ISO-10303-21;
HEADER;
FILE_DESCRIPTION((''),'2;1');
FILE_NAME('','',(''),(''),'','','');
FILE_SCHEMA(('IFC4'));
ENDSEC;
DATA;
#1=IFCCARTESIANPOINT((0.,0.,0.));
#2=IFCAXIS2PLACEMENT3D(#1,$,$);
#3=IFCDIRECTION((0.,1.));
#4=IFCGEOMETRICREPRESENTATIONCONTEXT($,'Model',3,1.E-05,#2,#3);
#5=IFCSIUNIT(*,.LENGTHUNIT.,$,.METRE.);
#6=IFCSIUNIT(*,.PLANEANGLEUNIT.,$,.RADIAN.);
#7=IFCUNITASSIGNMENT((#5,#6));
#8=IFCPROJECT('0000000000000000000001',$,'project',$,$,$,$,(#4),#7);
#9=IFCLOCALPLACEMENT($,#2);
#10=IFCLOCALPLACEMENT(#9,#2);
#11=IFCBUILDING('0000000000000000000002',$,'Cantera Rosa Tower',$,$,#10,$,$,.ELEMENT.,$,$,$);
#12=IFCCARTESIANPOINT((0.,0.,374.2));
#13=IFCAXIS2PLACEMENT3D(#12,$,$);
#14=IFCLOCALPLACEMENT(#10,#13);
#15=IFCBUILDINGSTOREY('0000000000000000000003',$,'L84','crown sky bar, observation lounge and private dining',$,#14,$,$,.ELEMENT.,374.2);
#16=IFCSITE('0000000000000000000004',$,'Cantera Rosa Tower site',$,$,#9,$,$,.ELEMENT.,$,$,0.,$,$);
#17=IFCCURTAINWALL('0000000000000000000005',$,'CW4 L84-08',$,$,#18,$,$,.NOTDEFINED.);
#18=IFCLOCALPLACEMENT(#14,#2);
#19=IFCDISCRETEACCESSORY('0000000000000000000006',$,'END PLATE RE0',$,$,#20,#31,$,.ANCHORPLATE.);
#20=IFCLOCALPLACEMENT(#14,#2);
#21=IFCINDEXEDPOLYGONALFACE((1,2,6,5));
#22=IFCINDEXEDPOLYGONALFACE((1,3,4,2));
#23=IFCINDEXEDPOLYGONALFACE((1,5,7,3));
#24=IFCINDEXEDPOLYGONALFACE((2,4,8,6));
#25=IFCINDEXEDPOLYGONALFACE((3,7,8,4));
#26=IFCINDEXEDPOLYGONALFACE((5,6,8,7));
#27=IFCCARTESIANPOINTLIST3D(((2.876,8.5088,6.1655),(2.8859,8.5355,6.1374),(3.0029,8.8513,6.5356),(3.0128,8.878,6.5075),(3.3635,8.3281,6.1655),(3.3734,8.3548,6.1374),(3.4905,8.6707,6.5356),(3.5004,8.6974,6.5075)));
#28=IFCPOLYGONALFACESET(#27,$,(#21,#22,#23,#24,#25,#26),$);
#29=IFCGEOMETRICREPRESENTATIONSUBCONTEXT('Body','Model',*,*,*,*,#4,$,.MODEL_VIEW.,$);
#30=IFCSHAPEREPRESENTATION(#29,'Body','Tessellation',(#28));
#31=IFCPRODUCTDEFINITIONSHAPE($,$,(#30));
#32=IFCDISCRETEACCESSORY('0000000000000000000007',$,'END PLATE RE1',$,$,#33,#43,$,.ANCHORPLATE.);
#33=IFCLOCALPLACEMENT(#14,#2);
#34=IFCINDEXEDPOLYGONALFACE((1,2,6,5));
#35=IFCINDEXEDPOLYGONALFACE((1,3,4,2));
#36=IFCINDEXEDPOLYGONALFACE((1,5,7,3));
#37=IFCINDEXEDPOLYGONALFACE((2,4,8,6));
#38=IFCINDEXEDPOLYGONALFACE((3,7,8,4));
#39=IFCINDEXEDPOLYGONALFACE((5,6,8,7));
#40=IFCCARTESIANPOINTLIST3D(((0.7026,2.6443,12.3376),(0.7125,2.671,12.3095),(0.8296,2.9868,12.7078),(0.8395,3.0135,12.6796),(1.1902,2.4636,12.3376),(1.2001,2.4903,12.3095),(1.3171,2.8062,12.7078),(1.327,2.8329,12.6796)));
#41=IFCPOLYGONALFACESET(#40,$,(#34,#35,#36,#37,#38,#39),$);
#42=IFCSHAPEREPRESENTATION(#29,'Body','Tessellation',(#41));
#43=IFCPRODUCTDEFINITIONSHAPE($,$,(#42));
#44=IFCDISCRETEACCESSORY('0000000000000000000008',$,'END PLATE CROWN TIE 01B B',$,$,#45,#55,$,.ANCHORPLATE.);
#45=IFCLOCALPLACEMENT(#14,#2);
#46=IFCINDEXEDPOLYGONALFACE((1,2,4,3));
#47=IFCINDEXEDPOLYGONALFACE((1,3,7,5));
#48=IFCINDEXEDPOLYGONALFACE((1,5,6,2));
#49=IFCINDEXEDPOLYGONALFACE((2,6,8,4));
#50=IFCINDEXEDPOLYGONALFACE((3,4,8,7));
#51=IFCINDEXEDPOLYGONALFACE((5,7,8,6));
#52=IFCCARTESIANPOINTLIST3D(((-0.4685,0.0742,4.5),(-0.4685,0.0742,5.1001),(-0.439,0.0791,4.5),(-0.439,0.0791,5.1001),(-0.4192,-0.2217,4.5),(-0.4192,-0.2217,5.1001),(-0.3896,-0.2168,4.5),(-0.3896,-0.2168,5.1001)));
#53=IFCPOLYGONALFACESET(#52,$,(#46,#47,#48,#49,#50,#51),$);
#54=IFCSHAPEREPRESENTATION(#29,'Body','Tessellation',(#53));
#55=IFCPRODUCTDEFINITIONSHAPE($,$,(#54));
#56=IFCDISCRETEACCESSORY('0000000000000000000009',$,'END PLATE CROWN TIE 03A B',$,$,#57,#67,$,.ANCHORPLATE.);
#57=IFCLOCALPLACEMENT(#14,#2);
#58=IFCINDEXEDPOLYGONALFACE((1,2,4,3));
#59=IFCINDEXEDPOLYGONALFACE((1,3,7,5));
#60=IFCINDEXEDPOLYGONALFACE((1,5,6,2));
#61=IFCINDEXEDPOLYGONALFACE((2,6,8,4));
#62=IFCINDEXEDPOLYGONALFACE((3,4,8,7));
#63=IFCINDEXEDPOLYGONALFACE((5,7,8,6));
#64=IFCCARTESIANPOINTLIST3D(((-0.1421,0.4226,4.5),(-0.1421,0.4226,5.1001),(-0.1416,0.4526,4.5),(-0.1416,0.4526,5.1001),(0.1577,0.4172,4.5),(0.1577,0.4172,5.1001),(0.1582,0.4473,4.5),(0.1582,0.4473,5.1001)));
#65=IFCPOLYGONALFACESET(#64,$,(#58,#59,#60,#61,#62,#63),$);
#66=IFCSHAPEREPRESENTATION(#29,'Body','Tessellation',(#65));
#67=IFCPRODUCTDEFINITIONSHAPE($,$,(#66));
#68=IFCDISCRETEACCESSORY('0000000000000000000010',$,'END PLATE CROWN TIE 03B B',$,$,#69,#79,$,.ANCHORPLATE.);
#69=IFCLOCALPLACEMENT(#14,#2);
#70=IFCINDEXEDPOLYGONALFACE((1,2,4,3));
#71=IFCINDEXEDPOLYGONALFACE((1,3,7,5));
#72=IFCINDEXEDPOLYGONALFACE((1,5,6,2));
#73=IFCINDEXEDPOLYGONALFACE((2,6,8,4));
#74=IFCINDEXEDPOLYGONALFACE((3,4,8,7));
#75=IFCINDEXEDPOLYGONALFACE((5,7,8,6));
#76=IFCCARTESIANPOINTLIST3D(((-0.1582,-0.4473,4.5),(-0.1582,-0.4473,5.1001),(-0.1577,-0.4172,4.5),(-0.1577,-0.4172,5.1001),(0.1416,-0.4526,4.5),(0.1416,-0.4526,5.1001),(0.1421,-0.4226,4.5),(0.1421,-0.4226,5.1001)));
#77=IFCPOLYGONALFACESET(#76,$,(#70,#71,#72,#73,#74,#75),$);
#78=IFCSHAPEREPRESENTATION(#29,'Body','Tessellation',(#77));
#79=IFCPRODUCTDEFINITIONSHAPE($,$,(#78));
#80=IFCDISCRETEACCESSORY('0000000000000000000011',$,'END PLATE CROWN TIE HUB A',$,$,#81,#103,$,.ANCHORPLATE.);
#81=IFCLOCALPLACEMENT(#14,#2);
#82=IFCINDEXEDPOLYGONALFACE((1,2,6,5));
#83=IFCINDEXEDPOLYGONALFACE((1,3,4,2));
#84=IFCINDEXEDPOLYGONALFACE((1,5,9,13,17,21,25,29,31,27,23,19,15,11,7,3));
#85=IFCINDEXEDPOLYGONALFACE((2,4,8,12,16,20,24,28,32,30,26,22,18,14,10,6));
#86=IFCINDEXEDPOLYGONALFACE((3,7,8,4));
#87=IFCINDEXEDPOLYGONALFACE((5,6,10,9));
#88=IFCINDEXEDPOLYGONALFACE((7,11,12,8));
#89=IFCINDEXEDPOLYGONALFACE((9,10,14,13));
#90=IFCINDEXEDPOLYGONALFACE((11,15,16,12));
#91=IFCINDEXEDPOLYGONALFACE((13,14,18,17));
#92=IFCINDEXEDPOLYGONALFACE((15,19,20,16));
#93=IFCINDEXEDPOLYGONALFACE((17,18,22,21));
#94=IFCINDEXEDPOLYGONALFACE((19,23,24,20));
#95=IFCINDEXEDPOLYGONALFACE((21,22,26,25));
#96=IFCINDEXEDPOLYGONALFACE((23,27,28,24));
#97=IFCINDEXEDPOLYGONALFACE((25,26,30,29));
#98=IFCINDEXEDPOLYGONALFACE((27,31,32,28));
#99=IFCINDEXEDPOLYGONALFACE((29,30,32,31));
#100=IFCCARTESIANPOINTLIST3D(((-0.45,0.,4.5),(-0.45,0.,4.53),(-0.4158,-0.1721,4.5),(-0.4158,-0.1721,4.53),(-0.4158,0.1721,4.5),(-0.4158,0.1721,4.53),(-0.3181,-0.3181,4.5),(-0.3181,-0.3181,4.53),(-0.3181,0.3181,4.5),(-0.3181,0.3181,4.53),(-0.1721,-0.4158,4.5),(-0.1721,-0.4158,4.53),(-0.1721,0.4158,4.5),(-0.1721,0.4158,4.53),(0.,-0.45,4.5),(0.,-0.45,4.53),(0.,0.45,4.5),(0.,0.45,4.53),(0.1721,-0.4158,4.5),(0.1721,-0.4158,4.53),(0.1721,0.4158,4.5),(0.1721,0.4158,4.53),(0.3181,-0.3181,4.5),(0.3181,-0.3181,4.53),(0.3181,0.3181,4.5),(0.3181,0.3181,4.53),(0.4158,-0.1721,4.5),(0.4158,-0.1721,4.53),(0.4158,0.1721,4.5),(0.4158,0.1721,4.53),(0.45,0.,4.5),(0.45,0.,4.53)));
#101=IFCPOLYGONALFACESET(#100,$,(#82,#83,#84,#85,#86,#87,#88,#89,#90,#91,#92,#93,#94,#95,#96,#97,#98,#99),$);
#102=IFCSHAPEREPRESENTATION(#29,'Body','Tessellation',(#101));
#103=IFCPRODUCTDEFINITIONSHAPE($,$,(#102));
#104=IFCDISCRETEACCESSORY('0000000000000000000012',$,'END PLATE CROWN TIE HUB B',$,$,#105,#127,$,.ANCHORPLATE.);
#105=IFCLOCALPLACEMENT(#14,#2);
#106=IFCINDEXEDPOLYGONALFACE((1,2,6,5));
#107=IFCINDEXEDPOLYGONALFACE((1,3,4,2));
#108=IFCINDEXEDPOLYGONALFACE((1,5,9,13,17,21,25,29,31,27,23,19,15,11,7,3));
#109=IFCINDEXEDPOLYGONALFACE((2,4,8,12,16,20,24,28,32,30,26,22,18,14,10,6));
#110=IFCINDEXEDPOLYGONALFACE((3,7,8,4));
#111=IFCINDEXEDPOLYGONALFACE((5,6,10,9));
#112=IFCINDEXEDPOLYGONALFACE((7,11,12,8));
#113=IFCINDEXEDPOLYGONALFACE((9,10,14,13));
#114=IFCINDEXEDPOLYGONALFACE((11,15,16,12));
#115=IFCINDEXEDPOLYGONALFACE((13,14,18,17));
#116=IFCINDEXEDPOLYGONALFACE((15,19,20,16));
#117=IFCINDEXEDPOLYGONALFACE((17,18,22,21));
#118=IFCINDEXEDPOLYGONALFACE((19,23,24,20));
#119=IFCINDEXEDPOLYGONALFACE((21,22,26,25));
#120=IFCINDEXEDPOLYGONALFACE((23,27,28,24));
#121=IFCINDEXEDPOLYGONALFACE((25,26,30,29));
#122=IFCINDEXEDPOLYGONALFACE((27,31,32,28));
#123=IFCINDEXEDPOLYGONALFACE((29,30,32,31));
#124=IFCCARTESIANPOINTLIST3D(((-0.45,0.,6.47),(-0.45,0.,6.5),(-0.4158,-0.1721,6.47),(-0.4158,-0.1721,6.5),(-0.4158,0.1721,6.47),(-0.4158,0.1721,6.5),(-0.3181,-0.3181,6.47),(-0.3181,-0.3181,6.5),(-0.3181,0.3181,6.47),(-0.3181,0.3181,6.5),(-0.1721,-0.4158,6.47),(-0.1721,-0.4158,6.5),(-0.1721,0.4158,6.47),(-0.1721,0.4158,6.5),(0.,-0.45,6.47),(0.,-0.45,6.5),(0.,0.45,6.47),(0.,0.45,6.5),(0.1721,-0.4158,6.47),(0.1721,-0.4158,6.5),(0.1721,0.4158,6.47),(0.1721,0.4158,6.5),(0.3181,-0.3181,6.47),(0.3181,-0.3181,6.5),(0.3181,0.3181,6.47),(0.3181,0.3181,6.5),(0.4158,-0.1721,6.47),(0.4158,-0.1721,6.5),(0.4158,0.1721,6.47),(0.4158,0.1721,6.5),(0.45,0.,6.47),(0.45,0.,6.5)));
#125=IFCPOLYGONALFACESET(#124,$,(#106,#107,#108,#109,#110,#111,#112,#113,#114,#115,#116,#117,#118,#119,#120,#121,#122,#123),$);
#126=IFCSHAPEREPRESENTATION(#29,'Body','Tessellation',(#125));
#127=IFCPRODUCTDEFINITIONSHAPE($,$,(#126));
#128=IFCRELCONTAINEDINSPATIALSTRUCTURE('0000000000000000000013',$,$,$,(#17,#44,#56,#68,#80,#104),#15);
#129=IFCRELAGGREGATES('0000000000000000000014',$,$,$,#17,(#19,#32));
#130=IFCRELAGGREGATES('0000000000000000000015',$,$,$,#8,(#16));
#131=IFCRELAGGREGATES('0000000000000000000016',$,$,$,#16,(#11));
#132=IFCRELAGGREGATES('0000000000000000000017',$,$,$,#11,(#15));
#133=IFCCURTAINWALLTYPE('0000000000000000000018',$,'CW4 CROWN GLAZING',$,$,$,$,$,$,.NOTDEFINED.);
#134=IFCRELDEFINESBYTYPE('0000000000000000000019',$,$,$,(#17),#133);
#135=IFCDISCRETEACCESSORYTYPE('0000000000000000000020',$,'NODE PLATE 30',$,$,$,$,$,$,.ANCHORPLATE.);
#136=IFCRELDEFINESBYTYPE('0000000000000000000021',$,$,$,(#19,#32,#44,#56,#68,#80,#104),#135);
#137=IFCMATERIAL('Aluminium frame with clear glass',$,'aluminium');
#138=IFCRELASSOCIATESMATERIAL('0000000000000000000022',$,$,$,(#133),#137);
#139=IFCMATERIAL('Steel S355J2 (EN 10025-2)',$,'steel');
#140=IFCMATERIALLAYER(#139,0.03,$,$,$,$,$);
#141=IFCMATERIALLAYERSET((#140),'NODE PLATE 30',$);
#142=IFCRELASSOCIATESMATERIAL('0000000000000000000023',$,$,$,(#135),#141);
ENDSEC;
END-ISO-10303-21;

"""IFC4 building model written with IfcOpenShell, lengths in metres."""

from ifc_helpers import new_model, si_unit, direction, frame, origin, place, context, subcontext, project, spatial, polyline, outline, extrude, material, layer, layer_set, type_object, element, aggregate, save


model = new_model("IFC4")

# Units and contexts
model_context = context("Model", 3, precision=1e-05, world=origin(), true_north=direction((0.0, 1.0)))
body_context = subcontext(model_context, "Body", "Model", "MODEL_VIEW")
ifc_project = project(units=[si_unit("LENGTHUNIT", "METRE"), si_unit("PLANEANGLEUNIT", "RADIAN")], contexts=[model_context])

# Site, building, storey
site_placement = place(None, origin())
site = spatial("IfcSite", under=ifc_project, at=site_placement, Name="Cantera Rosa Tower site", CompositionType="ELEMENT", RefElevation=0.0)
building_placement = place(site_placement, origin())
building = spatial("IfcBuilding", under=site, at=building_placement, Name="Cantera Rosa Tower", CompositionType="ELEMENT")
storey_placement = place(building_placement, frame((0.0, 0.0, 374.2)))
storey = spatial("IfcBuildingStorey", under=building, at=storey_placement, Name="L84", Description="crown sky bar, observation lounge and private dining", CompositionType="ELEMENT", Elevation=374.2)

# Curtain wall
ifc_material_1 = material(Name="Aluminium frame with clear glass", Category="aluminium")
curtain_wall_type = type_object("IfcCurtainWallType", Name="CW4 CROWN GLAZING", PredefinedType="NOTDEFINED", material=ifc_material_1)
curtain_wall_1_placement = place(storey_placement, origin())
curtain_wall_1 = element("IfcCurtainWall", 1, at=curtain_wall_1_placement, inside=storey, type_object=curtain_wall_type, Name="CW4 L84-08", PredefinedType="NOTDEFINED")

# Discrete accessories
ifc_material_2 = material(Name="Steel S355J2 (EN 10025-2)", Category="steel")
ifc_layer_1 = layer(ifc_material_2, 0.03)
ifc_layer_set_1 = layer_set([ifc_layer_1], Name="NODE PLATE 30")
discrete_accessory_type = type_object("IfcDiscreteAccessoryType", Name="NODE PLATE 30", PredefinedType="ANCHORPLATE", material=ifc_layer_set_1)
discrete_accessory_1_placement = place(storey_placement, frame((3.0029, 8.8513, 6.5356), z_axis=(-0.247301, -0.667378, 0.702459), x_axis=(0.937692, -0.347467, 0.0)))
discrete_accessory_1 = element("IfcDiscreteAccessory", 2, at=discrete_accessory_1_placement, type_object=discrete_accessory_type, Name="END PLATE RE0", PredefinedType="ANCHORPLATE", context=body_context, shape_type="SweptSolid", body=[
    extrude(outline(polyline([(0.0, 0.0), (0.5199, 0.0), (0.5199, -0.52), (0.0, -0.52), (0.0, 0.0)])), origin(), (0.0, 0.0, -1.0), 0.04),
])
discrete_accessory_2_placement = place(storey_placement, frame((1.3171, 2.8062, 12.7078), z_axis=(-0.247301, -0.667378, 0.702459), x_axis=(-0.937692, 0.347467, 0.0)))
discrete_accessory_2 = element("IfcDiscreteAccessory", 3, at=discrete_accessory_2_placement, type_object=discrete_accessory_type, Name="END PLATE RE1", PredefinedType="ANCHORPLATE", context=body_context, shape_type="SweptSolid", body=[
    extrude(outline(polyline([(0.0, 0.0), (0.5199, 0.0), (0.52, 0.52), (0.0, 0.52), (0.0, 0.0)])), origin(), (0.0, 0.0, -1.0), 0.04),
])
aggregate(curtain_wall_1, [discrete_accessory_1, discrete_accessory_2])

# Discrete accessories
discrete_accessory_3_placement = place(storey_placement, frame((0.0, 0.0, 4.5)))
element("IfcDiscreteAccessory", 4, at=discrete_accessory_3_placement, inside=storey, type_object=discrete_accessory_type, Name="END PLATE CROWN TIE 01B B", PredefinedType="ANCHORPLATE", context=body_context, shape_type="SweptSolid", body=[
    extrude(outline(polyline([(-0.4685, 0.0742), (-0.439, 0.0791), (-0.3896, -0.2168), (-0.4192, -0.2217), (-0.4685, 0.0742)])), origin(), (0.0, 0.0, 1.0), 0.6001),
])
discrete_accessory_4_placement = place(storey_placement, frame((0.0, 0.0, 4.5)))
element("IfcDiscreteAccessory", 5, at=discrete_accessory_4_placement, inside=storey, type_object=discrete_accessory_type, Name="END PLATE CROWN TIE 03A B", PredefinedType="ANCHORPLATE", context=body_context, shape_type="SweptSolid", body=[
    extrude(outline(polyline([(0.1582, 0.4473), (0.1577, 0.4172), (-0.1421, 0.4226), (-0.1416, 0.4526), (0.1582, 0.4473)])), origin(), (0.0, 0.0, 1.0), 0.6001),
])
discrete_accessory_5_placement = place(storey_placement, frame((0.0, 0.0, 4.5)))
element("IfcDiscreteAccessory", 6, at=discrete_accessory_5_placement, inside=storey, type_object=discrete_accessory_type, Name="END PLATE CROWN TIE 03B B", PredefinedType="ANCHORPLATE", context=body_context, shape_type="SweptSolid", body=[
    extrude(outline(polyline([(-0.1582, -0.4473), (-0.1577, -0.4172), (0.1421, -0.4226), (0.1416, -0.4526), (-0.1582, -0.4473)])), origin(), (0.0, 0.0, 1.0), 0.6001),
])
for number, where, name in (
    (7, (0.0, 0.0, 4.5), "END PLATE CROWN TIE HUB A"),
    (8, (0.0, 0.0, 6.47), "END PLATE CROWN TIE HUB B"),
):
    element("IfcDiscreteAccessory", number, at=place(storey_placement, frame(where)), inside=storey, type_object=discrete_accessory_type, Name=name, PredefinedType="ANCHORPLATE", context=body_context, shape_type="SweptSolid", body=[
        extrude(outline(polyline([(0.45, 0.0), (0.4158, 0.1721), (0.3181, 0.3181), (0.1721, 0.4158), (0.0, 0.45), (-0.1721, 0.4158), (-0.3181, 0.3181), (-0.4158, 0.1721), (-0.45, 0.0), (-0.4158, -0.1721), (-0.3181, -0.3181), (-0.1721, -0.4158), (0.0, -0.45), (0.1721, -0.4158), (0.3181, -0.3181), (0.4158, -0.1721), (0.45, 0.0)])), origin(), (0.0, 0.0, 1.0), 0.03),
    ])

save(model, "model.ifc")
